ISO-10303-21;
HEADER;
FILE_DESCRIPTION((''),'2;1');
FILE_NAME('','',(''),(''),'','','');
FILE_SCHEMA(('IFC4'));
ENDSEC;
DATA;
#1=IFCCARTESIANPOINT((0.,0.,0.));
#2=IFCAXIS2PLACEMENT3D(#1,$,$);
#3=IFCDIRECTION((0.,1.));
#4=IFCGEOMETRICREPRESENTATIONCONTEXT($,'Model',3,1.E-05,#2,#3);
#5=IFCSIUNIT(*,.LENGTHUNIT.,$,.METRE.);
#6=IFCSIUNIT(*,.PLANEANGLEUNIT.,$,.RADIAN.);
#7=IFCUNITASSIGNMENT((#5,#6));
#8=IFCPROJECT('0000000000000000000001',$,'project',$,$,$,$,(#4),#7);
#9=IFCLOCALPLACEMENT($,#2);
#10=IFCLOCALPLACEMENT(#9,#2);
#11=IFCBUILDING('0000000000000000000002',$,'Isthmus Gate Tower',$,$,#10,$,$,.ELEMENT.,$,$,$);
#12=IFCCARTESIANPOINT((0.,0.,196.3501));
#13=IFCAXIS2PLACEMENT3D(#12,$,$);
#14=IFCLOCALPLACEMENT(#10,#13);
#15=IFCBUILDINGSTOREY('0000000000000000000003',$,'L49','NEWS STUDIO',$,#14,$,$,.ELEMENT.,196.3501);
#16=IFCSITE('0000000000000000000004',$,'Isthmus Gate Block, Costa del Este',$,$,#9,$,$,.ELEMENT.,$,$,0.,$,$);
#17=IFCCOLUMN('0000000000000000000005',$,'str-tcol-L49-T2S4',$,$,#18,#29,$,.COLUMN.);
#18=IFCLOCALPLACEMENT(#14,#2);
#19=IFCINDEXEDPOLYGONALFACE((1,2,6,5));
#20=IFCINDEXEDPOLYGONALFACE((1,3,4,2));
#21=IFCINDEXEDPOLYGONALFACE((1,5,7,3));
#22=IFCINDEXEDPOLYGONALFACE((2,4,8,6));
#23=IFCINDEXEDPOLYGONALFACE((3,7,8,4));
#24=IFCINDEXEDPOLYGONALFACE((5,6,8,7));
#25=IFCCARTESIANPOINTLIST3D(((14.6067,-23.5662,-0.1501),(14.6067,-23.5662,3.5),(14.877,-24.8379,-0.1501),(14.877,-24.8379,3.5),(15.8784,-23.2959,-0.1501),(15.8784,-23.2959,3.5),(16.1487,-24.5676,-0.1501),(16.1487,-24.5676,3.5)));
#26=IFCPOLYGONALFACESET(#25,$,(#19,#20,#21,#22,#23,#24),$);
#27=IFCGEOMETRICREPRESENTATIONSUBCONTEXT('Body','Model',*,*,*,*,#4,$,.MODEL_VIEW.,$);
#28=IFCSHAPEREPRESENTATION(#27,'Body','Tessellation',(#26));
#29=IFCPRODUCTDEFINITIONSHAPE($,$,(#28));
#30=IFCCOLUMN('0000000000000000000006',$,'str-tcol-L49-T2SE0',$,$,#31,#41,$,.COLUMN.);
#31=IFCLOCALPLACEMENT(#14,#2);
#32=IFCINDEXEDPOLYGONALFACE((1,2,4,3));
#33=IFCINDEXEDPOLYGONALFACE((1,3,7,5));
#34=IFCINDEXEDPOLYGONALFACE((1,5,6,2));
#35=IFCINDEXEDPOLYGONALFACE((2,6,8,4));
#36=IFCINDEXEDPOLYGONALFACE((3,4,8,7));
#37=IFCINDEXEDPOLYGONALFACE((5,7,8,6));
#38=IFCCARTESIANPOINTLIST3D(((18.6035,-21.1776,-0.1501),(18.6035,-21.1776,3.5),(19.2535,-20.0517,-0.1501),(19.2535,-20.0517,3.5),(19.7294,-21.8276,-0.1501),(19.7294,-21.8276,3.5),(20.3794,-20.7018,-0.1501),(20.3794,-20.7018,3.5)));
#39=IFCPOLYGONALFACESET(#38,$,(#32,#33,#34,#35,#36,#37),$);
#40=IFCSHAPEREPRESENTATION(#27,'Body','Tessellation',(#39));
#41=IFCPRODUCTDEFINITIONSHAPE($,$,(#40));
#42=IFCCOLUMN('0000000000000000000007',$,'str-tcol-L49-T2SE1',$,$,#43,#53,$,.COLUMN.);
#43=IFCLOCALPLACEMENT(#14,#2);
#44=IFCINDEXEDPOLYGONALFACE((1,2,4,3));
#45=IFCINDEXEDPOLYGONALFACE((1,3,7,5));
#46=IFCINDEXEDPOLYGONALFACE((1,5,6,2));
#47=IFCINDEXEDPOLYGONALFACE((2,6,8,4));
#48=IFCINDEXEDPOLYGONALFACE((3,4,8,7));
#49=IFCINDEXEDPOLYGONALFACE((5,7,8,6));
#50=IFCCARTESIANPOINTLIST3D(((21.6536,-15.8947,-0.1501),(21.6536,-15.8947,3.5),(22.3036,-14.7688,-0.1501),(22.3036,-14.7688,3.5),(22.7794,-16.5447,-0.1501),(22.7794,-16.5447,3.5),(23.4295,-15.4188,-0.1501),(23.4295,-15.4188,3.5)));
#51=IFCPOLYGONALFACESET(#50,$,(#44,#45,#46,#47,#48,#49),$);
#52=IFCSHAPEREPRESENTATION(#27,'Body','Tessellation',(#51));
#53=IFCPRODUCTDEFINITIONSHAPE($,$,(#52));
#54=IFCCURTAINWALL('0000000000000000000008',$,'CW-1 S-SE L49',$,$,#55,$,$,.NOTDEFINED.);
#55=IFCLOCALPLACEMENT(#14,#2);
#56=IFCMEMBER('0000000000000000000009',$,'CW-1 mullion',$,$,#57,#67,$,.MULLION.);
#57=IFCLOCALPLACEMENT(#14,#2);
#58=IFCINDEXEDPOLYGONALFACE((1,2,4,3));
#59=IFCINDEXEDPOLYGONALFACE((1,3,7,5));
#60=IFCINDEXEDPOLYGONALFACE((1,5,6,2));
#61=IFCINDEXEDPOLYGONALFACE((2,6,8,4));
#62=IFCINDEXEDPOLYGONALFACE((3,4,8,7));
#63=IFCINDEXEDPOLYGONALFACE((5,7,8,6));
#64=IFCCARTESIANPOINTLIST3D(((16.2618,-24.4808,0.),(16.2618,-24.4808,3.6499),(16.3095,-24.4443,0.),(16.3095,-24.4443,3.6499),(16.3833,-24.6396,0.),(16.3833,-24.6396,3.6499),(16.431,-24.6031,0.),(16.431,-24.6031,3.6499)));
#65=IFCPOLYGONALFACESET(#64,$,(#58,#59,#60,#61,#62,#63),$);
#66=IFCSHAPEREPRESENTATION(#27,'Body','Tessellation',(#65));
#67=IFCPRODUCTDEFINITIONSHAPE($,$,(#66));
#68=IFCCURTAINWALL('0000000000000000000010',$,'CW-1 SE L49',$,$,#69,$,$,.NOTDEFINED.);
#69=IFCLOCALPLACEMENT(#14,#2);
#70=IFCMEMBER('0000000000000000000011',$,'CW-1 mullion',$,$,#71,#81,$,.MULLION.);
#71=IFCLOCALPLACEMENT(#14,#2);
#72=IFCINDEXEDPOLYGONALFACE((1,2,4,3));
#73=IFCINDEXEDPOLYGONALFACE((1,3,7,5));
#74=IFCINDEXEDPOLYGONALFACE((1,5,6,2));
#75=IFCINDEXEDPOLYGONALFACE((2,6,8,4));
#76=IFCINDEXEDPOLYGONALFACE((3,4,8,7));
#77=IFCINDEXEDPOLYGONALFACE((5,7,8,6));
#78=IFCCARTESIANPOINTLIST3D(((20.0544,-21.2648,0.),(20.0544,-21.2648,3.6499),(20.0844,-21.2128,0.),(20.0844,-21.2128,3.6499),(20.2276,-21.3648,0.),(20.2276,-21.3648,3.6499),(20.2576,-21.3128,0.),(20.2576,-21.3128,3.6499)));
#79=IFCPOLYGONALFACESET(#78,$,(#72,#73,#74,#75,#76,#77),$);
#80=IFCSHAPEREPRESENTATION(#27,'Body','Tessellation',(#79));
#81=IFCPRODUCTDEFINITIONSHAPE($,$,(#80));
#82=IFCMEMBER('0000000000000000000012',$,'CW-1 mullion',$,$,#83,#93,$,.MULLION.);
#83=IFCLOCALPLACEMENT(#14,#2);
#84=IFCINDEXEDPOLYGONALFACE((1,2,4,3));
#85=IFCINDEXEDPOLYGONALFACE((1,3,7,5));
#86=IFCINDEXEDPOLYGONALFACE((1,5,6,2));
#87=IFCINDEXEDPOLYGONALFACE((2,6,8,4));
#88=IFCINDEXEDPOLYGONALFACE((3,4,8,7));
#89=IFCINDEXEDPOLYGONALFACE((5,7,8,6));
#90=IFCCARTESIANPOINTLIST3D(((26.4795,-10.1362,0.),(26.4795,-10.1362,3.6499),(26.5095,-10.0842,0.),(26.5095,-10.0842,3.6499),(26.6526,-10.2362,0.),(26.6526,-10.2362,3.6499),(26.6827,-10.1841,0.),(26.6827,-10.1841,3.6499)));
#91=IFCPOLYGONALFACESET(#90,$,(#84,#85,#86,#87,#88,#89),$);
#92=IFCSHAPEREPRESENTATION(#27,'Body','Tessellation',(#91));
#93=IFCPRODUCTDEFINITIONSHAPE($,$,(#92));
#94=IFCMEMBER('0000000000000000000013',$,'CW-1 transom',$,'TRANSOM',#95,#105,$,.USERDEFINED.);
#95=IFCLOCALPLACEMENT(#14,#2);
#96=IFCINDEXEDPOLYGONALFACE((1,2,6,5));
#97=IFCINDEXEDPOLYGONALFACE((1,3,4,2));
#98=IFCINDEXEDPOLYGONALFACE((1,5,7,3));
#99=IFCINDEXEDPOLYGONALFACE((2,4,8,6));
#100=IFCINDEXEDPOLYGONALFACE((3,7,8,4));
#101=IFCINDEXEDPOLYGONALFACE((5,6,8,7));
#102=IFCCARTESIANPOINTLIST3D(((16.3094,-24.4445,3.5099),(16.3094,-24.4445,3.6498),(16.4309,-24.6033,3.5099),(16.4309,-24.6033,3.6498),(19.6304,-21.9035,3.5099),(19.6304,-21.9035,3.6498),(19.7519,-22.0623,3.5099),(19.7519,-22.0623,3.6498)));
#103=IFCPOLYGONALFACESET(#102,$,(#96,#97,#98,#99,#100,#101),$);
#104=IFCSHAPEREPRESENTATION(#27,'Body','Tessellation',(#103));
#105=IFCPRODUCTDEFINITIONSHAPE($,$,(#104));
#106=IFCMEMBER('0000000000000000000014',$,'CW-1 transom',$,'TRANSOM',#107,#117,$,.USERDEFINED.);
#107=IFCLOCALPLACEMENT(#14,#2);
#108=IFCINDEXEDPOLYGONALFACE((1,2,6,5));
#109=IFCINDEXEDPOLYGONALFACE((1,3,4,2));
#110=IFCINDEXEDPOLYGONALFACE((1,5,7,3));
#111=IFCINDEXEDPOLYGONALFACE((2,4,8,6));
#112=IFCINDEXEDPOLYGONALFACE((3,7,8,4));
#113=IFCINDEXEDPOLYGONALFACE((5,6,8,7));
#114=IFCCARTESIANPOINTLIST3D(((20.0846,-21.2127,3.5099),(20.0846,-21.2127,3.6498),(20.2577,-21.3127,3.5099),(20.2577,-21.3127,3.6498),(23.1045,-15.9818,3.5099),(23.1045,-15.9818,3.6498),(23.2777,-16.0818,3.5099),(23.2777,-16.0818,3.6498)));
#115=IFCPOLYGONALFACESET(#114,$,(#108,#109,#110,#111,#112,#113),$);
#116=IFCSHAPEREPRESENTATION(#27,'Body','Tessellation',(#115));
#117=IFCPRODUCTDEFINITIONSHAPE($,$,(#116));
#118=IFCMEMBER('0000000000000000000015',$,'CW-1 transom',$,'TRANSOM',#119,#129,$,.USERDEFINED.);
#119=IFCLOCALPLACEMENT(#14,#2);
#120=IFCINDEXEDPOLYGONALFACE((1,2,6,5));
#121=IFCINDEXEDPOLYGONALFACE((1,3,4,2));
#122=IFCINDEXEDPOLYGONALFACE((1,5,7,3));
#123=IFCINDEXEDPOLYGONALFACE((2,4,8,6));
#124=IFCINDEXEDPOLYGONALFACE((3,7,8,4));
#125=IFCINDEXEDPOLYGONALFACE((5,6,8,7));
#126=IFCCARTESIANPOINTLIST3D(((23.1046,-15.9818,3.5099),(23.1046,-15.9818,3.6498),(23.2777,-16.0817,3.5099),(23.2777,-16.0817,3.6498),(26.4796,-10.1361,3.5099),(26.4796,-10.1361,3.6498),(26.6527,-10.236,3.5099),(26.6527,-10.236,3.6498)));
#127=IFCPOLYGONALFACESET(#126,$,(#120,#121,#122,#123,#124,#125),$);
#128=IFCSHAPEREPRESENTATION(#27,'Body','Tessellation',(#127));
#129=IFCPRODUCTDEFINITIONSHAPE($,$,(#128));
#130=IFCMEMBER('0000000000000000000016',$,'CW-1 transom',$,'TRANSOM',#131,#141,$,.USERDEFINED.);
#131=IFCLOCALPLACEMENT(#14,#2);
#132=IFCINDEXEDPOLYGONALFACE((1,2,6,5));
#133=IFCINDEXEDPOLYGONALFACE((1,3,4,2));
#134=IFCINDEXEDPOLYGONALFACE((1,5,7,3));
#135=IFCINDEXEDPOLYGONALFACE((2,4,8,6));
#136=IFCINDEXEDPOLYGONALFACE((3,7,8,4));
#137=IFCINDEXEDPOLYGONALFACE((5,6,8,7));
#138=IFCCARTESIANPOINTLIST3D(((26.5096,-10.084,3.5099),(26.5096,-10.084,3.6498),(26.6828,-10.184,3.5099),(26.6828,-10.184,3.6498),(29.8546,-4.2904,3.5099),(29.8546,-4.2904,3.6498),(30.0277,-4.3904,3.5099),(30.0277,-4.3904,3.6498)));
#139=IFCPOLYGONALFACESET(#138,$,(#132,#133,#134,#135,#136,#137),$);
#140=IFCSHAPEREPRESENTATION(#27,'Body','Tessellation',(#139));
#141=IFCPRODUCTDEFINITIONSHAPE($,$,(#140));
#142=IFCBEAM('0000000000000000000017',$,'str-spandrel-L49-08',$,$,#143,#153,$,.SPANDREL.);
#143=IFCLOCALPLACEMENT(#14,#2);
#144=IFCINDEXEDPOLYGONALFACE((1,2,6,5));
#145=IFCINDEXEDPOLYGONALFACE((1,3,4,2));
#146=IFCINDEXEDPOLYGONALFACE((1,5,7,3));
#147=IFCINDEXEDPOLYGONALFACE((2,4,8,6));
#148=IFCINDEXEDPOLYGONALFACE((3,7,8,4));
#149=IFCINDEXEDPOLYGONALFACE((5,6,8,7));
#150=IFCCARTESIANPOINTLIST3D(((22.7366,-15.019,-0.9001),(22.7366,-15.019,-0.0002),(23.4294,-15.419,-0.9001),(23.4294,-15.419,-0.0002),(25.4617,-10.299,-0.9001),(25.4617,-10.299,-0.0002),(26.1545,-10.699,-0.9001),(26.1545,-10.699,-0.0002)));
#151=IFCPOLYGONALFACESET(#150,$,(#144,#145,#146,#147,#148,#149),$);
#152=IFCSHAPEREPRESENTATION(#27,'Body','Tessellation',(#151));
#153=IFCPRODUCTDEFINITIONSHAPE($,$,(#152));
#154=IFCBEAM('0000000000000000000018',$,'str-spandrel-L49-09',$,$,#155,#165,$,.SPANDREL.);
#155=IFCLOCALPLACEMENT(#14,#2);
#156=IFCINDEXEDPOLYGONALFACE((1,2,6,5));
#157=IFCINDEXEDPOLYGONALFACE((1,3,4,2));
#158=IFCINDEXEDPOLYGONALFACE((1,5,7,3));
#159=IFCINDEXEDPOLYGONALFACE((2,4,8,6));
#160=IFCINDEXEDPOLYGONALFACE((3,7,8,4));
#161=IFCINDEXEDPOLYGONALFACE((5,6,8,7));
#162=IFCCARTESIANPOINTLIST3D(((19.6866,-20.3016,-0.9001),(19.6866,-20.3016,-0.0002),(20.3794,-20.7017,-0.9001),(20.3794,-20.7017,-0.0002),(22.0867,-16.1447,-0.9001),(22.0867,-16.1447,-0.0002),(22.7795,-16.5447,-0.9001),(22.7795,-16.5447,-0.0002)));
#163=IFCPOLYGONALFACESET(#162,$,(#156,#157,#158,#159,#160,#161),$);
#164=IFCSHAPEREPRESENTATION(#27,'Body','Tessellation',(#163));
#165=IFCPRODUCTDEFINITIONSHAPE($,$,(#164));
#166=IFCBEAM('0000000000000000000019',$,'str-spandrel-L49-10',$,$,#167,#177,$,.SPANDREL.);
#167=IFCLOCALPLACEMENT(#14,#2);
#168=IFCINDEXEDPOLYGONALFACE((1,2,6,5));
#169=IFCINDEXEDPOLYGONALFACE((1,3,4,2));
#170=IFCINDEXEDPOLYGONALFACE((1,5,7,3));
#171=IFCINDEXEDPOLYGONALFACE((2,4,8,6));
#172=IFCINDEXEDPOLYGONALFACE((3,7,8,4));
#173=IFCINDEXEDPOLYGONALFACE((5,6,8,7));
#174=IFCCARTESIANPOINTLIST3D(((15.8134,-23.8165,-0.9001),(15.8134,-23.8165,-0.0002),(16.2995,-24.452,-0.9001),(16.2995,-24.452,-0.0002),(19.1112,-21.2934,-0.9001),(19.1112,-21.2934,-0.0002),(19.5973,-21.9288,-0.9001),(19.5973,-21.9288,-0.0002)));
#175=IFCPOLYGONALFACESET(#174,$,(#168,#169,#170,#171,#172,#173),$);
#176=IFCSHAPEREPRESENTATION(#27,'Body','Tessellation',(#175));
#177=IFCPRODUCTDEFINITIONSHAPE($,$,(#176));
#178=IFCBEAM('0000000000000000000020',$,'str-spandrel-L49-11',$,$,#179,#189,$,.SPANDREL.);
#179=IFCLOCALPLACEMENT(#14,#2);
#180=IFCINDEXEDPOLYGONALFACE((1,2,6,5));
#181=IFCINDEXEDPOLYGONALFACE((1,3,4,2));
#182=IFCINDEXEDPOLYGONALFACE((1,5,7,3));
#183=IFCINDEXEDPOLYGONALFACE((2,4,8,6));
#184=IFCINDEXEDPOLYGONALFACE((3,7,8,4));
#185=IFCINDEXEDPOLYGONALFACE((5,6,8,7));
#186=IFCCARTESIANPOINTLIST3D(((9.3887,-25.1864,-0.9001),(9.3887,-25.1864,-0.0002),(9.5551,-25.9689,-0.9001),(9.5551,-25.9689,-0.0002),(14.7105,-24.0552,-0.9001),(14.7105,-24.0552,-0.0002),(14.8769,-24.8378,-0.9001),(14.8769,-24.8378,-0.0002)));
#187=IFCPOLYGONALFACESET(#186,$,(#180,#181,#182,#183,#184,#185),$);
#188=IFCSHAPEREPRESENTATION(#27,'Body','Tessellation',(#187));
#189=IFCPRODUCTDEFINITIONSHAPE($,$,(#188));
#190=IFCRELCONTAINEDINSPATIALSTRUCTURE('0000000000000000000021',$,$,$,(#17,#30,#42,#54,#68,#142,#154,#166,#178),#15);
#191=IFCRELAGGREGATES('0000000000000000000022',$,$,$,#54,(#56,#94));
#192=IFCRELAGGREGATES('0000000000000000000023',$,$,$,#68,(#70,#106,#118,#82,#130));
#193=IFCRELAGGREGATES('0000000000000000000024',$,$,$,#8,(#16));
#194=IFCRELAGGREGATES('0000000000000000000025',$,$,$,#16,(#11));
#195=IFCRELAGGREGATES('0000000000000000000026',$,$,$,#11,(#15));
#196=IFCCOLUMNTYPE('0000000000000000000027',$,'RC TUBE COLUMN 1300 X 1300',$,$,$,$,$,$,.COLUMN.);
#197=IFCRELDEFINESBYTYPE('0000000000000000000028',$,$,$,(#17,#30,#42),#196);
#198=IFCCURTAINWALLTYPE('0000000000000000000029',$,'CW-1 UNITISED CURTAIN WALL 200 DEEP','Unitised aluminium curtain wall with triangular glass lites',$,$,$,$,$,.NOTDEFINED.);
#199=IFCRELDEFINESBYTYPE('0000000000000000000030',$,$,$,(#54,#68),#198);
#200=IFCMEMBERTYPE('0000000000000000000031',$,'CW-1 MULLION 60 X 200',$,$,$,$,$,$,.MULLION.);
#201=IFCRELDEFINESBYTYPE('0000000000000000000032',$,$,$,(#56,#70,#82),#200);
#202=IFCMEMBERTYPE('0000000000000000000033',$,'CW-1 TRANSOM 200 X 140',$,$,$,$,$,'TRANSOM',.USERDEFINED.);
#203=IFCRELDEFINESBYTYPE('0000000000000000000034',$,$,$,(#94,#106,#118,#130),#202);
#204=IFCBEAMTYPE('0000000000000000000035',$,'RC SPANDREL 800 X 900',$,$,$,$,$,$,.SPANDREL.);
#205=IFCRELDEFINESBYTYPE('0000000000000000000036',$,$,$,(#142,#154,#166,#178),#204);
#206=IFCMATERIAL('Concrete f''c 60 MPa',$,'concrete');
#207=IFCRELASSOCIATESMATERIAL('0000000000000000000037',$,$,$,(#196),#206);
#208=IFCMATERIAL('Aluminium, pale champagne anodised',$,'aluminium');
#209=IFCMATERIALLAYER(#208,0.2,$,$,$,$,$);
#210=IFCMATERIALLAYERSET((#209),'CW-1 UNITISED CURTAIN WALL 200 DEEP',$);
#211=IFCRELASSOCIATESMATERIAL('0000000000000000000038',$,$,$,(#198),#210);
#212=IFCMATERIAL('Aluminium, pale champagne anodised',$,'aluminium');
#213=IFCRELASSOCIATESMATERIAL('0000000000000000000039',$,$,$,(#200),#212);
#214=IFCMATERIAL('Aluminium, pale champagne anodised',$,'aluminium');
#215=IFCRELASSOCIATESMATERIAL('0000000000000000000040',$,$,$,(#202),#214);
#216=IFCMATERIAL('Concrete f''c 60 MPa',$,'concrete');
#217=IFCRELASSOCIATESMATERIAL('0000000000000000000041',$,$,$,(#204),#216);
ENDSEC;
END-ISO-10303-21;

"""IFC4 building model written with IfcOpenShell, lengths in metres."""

from ifc_helpers import new_model, si_unit, direction, frame, origin, origin_2d, place, context, subcontext, project, spatial, rectangle, extrude, material, layer, layer_set, material_profile, profile_set, type_object, element, aggregate, save


model = new_model("IFC4")

# Units and contexts
model_context = context("Model", 3, precision=1e-05, world=origin(), true_north=direction((0.0, 1.0)))
body_context = subcontext(model_context, "Body", "Model", "MODEL_VIEW")
ifc_project = project(units=[si_unit("LENGTHUNIT", "METRE"), si_unit("PLANEANGLEUNIT", "RADIAN")], contexts=[model_context])

# Site, building, storey
site_placement = place(None, origin())
site = spatial("IfcSite", under=ifc_project, at=site_placement, Name="Isthmus Gate Block, Costa del Este", CompositionType="ELEMENT", RefElevation=0.0)
building_placement = place(site_placement, origin())
building = spatial("IfcBuilding", under=site, at=building_placement, Name="Isthmus Gate Tower", CompositionType="ELEMENT")
storey_placement = place(building_placement, frame((0.0, 0.0, 196.3501)))
storey = spatial("IfcBuildingStorey", under=building, at=storey_placement, Name="L49", Description="NEWS STUDIO", CompositionType="ELEMENT", Elevation=196.3501)

# Columns
ifc_material_1 = material(Name="Concrete f'c 60 MPa", Category="concrete")
ifc_material_profile_1 = material_profile(ifc_material_1, rectangle(XDim=1.3, YDim=1.3, at=origin_2d()), Name="RC 1300X1300")
ifc_profile_set_1 = profile_set([ifc_material_profile_1], Name="Concrete f'c 60 MPa")
column_type = type_object("IfcColumnType", Name="RC TUBE COLUMN 1300 X 1300", PredefinedType="COLUMN", material=ifc_profile_set_1)
for number, where, z_axis, x_axis, name in (
    (1, (15.3777, -24.0669, -0.1501), (0.0, 0.0, 1.0), (0.978148, 0.207912, 0.0), "str-tcol-L49-T2S4"),
    (2, (19.4915, -20.9397, -0.1501), (0.0, 0.0, 1.0), (0.5, 0.866025, 0.0), "str-tcol-L49-T2SE0"),
    (3, (22.5415, -15.6567, -0.1501), (0.0, 0.0, 1.0), (0.5, 0.866025, 0.0), "str-tcol-L49-T2SE1"),
):
    element("IfcColumn", number, at=place(storey_placement, frame(where, z_axis=z_axis, x_axis=x_axis)), inside=storey, type_object=column_type, Name=name, PredefinedType="COLUMN", context=body_context, shape_type="SweptSolid", body=[
        extrude(rectangle(XDim=1.3, YDim=1.3, at=origin_2d()), origin(), (0.0, 0.0, 1.0), 3.6501),
    ])

# Curtain wall, member
ifc_material_2 = material(Name="Aluminium, pale champagne anodised", Category="aluminium")
ifc_layer_1 = layer(ifc_material_2, 0.2)
ifc_layer_set_1 = layer_set([ifc_layer_1], Name="CW-1 UNITISED CURTAIN WALL 200 DEEP")
curtain_wall_type = type_object("IfcCurtainWallType", Name="CW-1 UNITISED CURTAIN WALL 200 DEEP", Description="Unitised aluminium curtain wall with triangular glass lites", PredefinedType="NOTDEFINED", material=ifc_layer_set_1)
curtain_wall_1_placement = place(storey_placement, origin())
curtain_wall_1 = element("IfcCurtainWall", 4, at=curtain_wall_1_placement, inside=storey, type_object=curtain_wall_type, Name="CW-1 S-SE L49", PredefinedType="NOTDEFINED")
ifc_material_3 = material(Name="Aluminium, pale champagne anodised", Category="aluminium")
ifc_material_profile_2 = material_profile(ifc_material_3, rectangle(XDim=0.0601, YDim=0.2, at=origin_2d()), Name="60x200")
ifc_profile_set_2 = profile_set([ifc_material_profile_2], Name="Aluminium, pale champagne anodised")
member_type_1 = type_object("IfcMemberType", Name="CW-1 MULLION 60 X 200", PredefinedType="MULLION", material=ifc_profile_set_2)
member_1_placement = place(storey_placement, frame((16.3464, -24.542, 0.0), z_axis=(0.0, 0.0, 1.0), x_axis=(0.794189, 0.607671, 0.0)))
member_1 = element("IfcMember", 5, at=member_1_placement, type_object=member_type_1, Name="CW-1 mullion", PredefinedType="MULLION", context=body_context, shape_type="SweptSolid", body=[
    extrude(rectangle(XDim=0.0601, YDim=0.2, at=origin_2d()), origin(), (0.0, 0.0, 1.0), 3.6499),
])

# Curtain wall, members
curtain_wall_2_placement = place(storey_placement, origin())
curtain_wall_2 = element("IfcCurtainWall", 6, at=curtain_wall_2_placement, inside=storey, type_object=curtain_wall_type, Name="CW-1 SE L49", PredefinedType="NOTDEFINED")
member_2_placement = place(storey_placement, frame((20.156, -21.2888, 0.0), z_axis=(0.0, 0.0, 1.0), x_axis=(0.5, 0.866025, 0.0)))
member_2 = element("IfcMember", 7, at=member_2_placement, type_object=member_type_1, Name="CW-1 mullion", PredefinedType="MULLION", context=body_context, shape_type="SweptSolid", body=[
    extrude(rectangle(XDim=0.0601, YDim=0.2, at=origin_2d()), origin(), (0.0, 0.0, 1.0), 3.6499),
])
member_3_placement = place(storey_placement, frame((26.5811, -10.1602, 0.0), z_axis=(0.0, 0.0, 1.0), x_axis=(0.5, 0.866025, 0.0)))
member_3 = element("IfcMember", 8, at=member_3_placement, type_object=member_type_1, Name="CW-1 mullion", PredefinedType="MULLION", context=body_context, shape_type="SweptSolid", body=[
    extrude(rectangle(XDim=0.0601, YDim=0.2, at=origin_2d()), origin(), (0.0, 0.0, 1.0), 3.6499),
])

# Members
ifc_material_4 = material(Name="Aluminium, pale champagne anodised", Category="aluminium")
ifc_material_profile_3 = material_profile(ifc_material_4, rectangle(XDim=0.2, YDim=0.1399, at=origin_2d()), Name="200x140")
ifc_profile_set_3 = profile_set([ifc_material_profile_3], Name="Aluminium, pale champagne anodised")
member_type_2 = type_object("IfcMemberType", Name="CW-1 TRANSOM 200 X 140", ElementType="TRANSOM", PredefinedType="USERDEFINED", material=ifc_profile_set_3)
member_4_placement = place(storey_placement, frame((16.3701, -24.5239, 3.5798), z_axis=(0.794197, 0.60766, 0.0), x_axis=(-0.60766, 0.794197, 0.0)))
member_4 = element("IfcMember", 9, at=member_4_placement, type_object=member_type_2, Name="CW-1 transom", ObjectType="TRANSOM", PredefinedType="USERDEFINED", context=body_context, shape_type="SweptSolid", body=[
    extrude(rectangle(XDim=0.2, YDim=0.1399, at=origin_2d()), origin(), (0.0, 0.0, 1.0), 4.1816),
])
member_5_placement = place(storey_placement, frame((20.1711, -21.2627, 3.5798), z_axis=(0.499991, 0.866031, 0.0), x_axis=(-0.866031, 0.499991, 0.0)))
member_5 = element("IfcMember", 10, at=member_5_placement, type_object=member_type_2, Name="CW-1 transom", ObjectType="TRANSOM", PredefinedType="USERDEFINED", context=body_context, shape_type="SweptSolid", body=[
    extrude(rectangle(XDim=0.2, YDim=0.1399, at=origin_2d()), origin(), (0.0, 0.0, 1.0), 6.04),
])
member_6_placement = place(storey_placement, frame((23.1912, -16.0317, 3.5798), z_axis=(0.499998, 0.866027, 0.0), x_axis=(-0.866027, 0.499998, 0.0)))
member_6 = element("IfcMember", 11, at=member_6_placement, type_object=member_type_2, Name="CW-1 transom", ObjectType="TRANSOM", PredefinedType="USERDEFINED", context=body_context, shape_type="SweptSolid", body=[
    extrude(rectangle(XDim=0.2, YDim=0.1399, at=origin_2d()), origin(), (0.0, 0.0, 1.0), 6.75),
])
member_7_placement = place(storey_placement, frame((26.5962, -10.134, 3.5798), z_axis=(0.499997, 0.866027, 0.0), x_axis=(-0.866027, 0.499997, 0.0)))
member_7 = element("IfcMember", 12, at=member_7_placement, type_object=member_type_2, Name="CW-1 transom", ObjectType="TRANSOM", PredefinedType="USERDEFINED", context=body_context, shape_type="SweptSolid", body=[
    extrude(rectangle(XDim=0.2, YDim=0.1399, at=origin_2d()), origin(), (0.0, 0.0, 1.0), 6.6899),
])

# Beams
ifc_material_5 = material(Name="Concrete f'c 60 MPa", Category="concrete")
ifc_material_profile_4 = material_profile(ifc_material_5, rectangle(XDim=0.8, YDim=0.8999, at=origin_2d()), Name="RC 800X900")
ifc_profile_set_4 = profile_set([ifc_material_profile_4], Name="Concrete f'c 60 MPa")
beam_type_1 = type_object("IfcBeamType", Name="RC SPANDREL 800 X 900", PredefinedType="SPANDREL", material=ifc_profile_set_4)
beam_1_placement = place(storey_placement, frame((25.8081, -10.499, -0.4502), z_axis=(-0.500003, -0.866024, 0.0), x_axis=(0.866024, -0.500003, 0.0)))
element("IfcBeam", 13, at=beam_1_placement, inside=storey, type_object=beam_type_1, Name="str-spandrel-L49-08", PredefinedType="SPANDREL", context=body_context, shape_type="SweptSolid", body=[
    extrude(rectangle(XDim=0.8, YDim=0.8999, at=origin_2d()), origin(), (0.0, 0.0, 1.0), 5.4502),
])
beam_2_placement = place(storey_placement, frame((22.4331, -16.3447, -0.4502), z_axis=(-0.500017, -0.866015, 0.0), x_axis=(0.866015, -0.500017, 0.0)))
element("IfcBeam", 14, at=beam_2_placement, inside=storey, type_object=beam_type_1, Name="str-spandrel-L49-09", PredefinedType="SPANDREL", context=body_context, shape_type="SweptSolid", body=[
    extrude(rectangle(XDim=0.8, YDim=0.8999, at=origin_2d()), origin(), (0.0, 0.0, 1.0), 4.8),
])
beam_3_placement = place(storey_placement, frame((19.3542, -21.6111, -0.4502), z_axis=(-0.794206, -0.607649, 0.0), x_axis=(0.607649, -0.794206, 0.0)))
element("IfcBeam", 15, at=beam_3_placement, inside=storey, type_object=beam_type_1, Name="str-spandrel-L49-10", PredefinedType="SPANDREL", context=body_context, shape_type="SweptSolid", body=[
    extrude(rectangle(XDim=0.8, YDim=0.8999, at=origin_2d()), origin(), (0.0, 0.0, 1.0), 4.1523),
])
beam_4_placement = place(storey_placement, frame((14.7937, -24.4465, -0.4502), z_axis=(-0.97815, -0.207898, 0.0), x_axis=(0.207898, -0.97815, 0.0)))
element("IfcBeam", 16, at=beam_4_placement, inside=storey, type_object=beam_type_1, Name="str-spandrel-L49-11", PredefinedType="SPANDREL", context=body_context, shape_type="SweptSolid", body=[
    extrude(rectangle(XDim=0.8, YDim=0.8999, at=origin_2d()), origin(), (0.0, 0.0, 1.0), 5.4407),
])

aggregate(curtain_wall_1, [member_1, member_4])
aggregate(curtain_wall_2, [member_2, member_5, member_6, member_3, member_7])

save(model, "model.ifc")
